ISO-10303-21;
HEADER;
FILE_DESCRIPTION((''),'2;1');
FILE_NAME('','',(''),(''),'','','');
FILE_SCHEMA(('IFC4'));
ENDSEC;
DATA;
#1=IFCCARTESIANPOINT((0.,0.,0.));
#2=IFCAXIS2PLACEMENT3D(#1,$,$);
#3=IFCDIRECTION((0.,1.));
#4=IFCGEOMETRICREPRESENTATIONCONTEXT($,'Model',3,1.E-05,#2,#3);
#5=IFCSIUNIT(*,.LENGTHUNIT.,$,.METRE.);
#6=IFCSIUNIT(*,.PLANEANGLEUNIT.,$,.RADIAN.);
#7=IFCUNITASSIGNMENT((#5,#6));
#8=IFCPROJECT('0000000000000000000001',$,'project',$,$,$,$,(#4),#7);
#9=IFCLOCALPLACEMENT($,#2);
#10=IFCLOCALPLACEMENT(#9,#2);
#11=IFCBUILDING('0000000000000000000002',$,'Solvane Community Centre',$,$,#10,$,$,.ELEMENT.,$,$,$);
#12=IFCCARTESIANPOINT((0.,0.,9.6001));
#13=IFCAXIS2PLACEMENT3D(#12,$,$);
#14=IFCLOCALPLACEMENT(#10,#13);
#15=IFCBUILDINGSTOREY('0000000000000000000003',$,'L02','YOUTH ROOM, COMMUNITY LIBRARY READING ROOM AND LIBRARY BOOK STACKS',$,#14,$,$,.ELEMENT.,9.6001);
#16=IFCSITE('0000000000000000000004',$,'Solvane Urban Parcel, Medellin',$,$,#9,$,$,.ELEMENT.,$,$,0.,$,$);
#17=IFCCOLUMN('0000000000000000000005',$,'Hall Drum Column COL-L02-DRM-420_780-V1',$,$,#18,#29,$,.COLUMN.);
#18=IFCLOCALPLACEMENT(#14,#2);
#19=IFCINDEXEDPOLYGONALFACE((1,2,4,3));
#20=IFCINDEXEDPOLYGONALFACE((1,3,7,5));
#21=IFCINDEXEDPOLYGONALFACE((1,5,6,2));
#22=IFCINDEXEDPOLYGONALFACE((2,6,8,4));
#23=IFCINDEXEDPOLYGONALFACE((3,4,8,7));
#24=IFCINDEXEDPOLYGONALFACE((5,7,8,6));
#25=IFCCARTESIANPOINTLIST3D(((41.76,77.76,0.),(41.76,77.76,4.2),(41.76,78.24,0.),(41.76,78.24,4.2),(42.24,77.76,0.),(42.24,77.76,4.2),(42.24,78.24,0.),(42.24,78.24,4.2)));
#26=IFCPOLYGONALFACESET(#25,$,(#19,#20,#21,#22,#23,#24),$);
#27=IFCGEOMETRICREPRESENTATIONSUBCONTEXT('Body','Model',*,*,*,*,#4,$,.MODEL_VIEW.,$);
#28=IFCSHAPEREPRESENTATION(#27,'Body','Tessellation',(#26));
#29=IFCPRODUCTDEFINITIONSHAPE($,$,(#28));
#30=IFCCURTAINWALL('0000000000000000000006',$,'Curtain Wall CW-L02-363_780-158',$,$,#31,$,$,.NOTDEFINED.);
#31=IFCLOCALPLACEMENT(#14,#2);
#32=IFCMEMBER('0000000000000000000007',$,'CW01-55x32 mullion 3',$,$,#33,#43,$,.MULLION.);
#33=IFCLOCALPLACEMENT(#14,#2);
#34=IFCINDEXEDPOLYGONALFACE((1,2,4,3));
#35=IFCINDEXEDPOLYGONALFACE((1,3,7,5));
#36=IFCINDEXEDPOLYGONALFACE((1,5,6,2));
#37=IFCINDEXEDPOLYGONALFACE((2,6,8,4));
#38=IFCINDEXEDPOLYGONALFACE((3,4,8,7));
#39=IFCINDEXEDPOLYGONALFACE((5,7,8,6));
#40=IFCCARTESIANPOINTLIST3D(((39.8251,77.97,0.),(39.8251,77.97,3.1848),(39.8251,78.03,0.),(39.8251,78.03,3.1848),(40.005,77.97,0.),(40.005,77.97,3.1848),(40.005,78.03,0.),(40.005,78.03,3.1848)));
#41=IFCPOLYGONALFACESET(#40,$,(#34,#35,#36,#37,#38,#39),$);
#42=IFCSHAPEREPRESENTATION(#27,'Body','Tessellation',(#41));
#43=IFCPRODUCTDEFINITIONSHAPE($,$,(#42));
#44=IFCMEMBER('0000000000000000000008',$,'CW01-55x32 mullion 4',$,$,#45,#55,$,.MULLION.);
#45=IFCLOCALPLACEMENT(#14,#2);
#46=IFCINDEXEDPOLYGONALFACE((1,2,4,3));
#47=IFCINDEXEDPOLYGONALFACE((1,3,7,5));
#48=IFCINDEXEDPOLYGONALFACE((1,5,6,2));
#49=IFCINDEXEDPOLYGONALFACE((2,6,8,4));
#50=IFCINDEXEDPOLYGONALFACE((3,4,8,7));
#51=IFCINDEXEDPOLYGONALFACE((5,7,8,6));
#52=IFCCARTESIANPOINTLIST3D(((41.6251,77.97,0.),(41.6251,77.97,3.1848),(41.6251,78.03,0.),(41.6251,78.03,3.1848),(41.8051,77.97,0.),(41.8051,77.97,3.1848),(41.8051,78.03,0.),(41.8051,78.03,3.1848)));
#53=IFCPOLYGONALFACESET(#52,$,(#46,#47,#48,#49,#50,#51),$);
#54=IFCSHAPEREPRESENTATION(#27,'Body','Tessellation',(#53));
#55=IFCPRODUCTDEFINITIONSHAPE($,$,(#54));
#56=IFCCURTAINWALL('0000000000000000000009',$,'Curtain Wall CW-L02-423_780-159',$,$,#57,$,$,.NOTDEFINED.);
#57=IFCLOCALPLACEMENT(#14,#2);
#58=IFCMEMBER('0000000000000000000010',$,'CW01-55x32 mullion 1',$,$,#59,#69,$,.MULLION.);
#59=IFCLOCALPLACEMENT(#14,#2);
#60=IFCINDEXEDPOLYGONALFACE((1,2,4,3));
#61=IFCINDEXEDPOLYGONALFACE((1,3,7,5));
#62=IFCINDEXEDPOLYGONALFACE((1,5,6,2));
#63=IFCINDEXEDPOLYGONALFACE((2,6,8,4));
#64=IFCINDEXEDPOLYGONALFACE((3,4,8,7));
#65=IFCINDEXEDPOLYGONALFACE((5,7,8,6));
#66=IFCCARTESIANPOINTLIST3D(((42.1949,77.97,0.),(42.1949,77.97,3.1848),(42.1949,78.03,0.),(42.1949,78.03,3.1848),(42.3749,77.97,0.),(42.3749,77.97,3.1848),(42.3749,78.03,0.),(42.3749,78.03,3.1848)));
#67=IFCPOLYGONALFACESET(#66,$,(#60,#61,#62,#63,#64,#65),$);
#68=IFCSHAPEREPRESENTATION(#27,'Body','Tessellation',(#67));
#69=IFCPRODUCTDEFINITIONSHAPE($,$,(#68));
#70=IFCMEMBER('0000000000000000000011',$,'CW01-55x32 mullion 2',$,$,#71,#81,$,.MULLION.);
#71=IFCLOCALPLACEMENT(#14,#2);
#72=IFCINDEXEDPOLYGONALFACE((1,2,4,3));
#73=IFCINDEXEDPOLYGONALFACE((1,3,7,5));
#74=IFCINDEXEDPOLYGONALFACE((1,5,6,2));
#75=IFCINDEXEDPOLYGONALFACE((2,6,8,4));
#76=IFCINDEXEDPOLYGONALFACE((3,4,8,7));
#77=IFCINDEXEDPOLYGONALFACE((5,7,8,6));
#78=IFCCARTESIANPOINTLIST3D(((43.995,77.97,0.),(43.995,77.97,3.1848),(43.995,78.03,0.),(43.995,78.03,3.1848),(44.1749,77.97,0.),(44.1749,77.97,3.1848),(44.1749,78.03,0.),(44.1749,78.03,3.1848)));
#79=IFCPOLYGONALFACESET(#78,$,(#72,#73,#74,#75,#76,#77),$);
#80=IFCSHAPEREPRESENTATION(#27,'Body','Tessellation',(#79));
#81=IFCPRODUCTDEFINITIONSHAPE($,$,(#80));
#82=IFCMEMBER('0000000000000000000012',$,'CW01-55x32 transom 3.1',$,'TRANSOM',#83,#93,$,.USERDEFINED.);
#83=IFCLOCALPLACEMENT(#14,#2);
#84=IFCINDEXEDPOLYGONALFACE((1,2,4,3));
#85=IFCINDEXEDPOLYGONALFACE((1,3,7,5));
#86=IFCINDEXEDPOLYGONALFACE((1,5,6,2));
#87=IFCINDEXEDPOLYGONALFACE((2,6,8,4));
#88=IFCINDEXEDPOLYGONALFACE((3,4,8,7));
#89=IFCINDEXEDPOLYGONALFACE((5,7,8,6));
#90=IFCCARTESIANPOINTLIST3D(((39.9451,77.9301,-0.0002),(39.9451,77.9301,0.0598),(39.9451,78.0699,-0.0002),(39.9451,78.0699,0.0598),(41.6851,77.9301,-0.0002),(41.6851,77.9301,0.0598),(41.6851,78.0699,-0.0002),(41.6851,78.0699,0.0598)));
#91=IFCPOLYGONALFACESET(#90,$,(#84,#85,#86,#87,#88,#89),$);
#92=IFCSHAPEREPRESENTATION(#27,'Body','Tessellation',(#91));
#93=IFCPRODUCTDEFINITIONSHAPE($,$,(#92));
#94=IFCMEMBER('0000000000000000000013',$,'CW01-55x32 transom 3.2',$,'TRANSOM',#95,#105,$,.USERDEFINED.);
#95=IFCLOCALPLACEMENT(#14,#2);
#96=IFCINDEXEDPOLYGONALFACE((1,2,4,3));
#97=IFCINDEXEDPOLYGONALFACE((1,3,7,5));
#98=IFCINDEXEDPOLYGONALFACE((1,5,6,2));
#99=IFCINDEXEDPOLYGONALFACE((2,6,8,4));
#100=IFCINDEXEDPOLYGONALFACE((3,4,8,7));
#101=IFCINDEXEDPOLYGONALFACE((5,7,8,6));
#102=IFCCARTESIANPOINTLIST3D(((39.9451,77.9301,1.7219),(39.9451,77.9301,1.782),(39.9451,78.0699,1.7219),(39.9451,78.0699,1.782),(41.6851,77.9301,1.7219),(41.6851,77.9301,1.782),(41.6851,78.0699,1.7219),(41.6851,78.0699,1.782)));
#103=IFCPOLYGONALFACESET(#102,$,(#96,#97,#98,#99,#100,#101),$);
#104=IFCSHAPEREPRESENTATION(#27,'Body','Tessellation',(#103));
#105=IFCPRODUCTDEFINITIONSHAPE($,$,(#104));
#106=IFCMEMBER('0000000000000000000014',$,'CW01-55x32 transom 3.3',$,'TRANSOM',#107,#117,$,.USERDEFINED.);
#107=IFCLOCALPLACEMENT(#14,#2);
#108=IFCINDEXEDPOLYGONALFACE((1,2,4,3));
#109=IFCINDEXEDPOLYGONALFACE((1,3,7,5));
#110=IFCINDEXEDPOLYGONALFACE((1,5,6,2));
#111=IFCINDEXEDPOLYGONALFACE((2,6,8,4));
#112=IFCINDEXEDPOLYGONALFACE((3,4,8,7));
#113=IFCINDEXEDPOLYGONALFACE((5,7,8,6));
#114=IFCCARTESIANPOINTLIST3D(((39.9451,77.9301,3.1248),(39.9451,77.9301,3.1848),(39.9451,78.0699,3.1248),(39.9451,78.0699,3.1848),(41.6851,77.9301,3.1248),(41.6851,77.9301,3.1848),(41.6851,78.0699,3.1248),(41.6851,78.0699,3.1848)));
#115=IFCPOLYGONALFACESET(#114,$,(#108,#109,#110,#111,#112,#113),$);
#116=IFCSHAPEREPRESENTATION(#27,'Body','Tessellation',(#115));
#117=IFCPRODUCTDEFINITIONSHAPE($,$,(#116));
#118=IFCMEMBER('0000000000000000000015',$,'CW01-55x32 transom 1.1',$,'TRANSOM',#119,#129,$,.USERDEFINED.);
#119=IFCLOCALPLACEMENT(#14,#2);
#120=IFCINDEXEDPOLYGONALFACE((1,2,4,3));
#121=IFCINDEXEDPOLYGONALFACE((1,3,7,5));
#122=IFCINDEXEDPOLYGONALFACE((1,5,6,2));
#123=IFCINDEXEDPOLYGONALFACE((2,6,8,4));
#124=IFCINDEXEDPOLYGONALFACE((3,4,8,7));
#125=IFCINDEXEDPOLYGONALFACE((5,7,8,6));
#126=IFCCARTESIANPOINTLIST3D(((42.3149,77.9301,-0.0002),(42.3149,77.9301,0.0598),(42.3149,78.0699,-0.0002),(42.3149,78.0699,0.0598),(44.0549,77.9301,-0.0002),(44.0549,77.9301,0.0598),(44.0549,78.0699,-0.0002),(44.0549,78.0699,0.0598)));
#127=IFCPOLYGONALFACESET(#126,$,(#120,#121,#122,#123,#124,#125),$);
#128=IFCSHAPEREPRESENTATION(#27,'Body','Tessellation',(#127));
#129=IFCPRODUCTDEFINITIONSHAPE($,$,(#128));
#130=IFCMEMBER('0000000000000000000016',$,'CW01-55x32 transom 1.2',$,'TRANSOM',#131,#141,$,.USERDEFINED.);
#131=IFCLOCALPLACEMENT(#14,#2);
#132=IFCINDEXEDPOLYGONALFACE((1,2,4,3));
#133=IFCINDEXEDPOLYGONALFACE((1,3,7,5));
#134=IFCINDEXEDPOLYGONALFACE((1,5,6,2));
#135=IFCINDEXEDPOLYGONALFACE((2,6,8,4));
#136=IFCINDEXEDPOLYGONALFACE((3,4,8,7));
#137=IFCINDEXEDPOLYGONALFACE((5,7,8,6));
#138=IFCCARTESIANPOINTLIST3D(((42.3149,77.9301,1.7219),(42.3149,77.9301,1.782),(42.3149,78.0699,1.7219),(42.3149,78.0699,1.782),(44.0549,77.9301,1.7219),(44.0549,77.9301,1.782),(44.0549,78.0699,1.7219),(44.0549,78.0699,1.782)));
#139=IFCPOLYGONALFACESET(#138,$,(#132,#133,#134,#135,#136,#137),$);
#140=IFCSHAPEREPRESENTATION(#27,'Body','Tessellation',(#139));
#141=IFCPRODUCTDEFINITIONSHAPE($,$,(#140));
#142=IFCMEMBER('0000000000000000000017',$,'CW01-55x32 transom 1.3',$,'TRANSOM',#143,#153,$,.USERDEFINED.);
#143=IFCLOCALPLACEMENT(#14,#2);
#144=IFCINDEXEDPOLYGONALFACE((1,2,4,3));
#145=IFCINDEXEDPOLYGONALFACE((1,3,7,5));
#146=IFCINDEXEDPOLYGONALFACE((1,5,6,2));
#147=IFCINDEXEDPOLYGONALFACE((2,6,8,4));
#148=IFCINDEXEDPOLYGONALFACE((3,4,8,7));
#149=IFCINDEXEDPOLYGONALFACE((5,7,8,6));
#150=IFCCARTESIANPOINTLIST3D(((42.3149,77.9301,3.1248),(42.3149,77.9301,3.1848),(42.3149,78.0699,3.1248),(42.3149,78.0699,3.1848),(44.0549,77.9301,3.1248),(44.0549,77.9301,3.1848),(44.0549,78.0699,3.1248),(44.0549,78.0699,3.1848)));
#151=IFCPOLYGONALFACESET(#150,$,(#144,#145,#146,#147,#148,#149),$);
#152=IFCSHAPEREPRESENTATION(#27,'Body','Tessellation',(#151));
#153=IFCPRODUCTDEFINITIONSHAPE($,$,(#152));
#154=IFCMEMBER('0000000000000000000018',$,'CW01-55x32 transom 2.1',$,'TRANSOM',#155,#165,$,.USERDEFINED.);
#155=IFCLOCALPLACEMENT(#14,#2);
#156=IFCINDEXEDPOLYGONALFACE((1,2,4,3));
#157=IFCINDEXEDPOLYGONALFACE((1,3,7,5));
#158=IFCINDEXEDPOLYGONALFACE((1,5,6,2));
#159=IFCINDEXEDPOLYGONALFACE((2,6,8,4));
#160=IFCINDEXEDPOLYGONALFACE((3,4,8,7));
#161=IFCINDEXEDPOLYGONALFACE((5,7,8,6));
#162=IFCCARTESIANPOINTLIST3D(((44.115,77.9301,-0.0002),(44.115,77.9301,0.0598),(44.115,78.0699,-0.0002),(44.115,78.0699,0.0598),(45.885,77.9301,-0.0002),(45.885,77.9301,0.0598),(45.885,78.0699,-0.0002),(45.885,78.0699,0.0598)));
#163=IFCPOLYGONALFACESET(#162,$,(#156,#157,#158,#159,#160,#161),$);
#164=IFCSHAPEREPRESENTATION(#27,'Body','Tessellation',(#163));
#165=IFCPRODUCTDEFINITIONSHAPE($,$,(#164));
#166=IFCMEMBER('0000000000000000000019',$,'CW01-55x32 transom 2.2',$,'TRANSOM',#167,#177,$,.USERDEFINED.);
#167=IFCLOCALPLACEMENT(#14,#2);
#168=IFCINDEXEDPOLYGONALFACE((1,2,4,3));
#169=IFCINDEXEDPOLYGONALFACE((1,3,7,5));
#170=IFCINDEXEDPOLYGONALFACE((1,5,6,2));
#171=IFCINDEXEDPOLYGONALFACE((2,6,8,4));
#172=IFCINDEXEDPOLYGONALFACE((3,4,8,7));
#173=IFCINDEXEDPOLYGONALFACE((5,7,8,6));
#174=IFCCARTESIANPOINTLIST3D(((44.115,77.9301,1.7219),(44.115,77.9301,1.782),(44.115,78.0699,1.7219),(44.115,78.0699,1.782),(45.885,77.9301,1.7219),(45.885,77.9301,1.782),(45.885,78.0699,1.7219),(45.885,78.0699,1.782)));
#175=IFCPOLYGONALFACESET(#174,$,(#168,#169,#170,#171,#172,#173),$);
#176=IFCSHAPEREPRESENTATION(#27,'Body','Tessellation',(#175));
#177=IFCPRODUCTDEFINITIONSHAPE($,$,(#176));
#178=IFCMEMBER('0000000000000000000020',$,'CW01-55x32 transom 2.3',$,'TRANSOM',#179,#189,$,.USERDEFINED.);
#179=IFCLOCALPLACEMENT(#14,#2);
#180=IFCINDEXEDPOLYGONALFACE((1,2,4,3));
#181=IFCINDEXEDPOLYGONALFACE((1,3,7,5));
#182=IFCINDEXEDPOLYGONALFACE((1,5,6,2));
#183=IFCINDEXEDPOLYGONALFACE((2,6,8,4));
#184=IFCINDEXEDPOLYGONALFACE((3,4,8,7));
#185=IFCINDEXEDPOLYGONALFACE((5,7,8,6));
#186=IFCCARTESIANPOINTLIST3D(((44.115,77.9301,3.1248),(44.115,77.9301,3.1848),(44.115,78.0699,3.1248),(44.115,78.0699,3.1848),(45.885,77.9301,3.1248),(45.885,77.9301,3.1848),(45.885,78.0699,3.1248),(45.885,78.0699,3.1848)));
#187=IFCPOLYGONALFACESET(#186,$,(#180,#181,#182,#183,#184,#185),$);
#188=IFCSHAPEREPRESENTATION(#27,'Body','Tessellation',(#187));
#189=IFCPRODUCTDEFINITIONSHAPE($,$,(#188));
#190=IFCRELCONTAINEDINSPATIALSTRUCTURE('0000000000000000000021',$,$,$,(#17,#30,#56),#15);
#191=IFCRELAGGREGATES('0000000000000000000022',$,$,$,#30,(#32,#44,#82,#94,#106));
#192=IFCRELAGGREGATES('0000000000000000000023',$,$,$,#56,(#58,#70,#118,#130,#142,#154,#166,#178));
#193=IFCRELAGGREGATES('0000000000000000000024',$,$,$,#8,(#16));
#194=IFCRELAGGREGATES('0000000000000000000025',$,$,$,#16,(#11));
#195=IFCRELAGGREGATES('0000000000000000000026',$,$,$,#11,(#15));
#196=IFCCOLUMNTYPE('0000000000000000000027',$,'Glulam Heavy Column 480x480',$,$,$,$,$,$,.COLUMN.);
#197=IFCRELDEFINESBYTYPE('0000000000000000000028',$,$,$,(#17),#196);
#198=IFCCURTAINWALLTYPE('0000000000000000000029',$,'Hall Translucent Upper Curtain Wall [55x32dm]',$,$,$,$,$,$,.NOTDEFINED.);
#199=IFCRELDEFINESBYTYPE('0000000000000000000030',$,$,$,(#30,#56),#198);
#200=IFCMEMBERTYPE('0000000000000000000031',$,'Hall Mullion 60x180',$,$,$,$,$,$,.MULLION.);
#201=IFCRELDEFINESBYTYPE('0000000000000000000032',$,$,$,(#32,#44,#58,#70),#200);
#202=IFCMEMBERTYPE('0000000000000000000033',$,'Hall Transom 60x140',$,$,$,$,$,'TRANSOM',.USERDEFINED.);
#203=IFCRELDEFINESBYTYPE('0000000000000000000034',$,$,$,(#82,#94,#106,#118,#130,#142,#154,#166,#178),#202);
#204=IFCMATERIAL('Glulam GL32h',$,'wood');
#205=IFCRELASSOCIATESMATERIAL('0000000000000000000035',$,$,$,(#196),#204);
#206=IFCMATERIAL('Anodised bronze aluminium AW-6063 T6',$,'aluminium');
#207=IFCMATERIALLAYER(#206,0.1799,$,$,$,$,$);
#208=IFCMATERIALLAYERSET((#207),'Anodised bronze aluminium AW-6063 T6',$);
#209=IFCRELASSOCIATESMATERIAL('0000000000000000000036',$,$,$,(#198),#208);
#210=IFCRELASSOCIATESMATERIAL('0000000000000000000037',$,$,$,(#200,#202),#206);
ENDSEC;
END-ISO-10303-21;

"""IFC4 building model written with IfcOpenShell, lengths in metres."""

from ifc_helpers import new_model, si_unit, direction, frame, origin, origin_2d, place, context, subcontext, project, spatial, rectangle, extrude, material, layer, layer_set, material_profile, profile_set, type_object, element, aggregate, save


model = new_model("IFC4")

# Units and contexts
model_context = context("Model", 3, precision=1e-05, world=origin(), true_north=direction((0.0, 1.0)))
body_context = subcontext(model_context, "Body", "Model", "MODEL_VIEW")
ifc_project = project(units=[si_unit("LENGTHUNIT", "METRE"), si_unit("PLANEANGLEUNIT", "RADIAN")], contexts=[model_context])

# Site, building, storey
site_placement = place(None, origin())
site = spatial("IfcSite", under=ifc_project, at=site_placement, Name="Solvane Urban Parcel, Medellin", CompositionType="ELEMENT", RefElevation=0.0)
building_placement = place(site_placement, origin())
building = spatial("IfcBuilding", under=site, at=building_placement, Name="Solvane Community Centre", CompositionType="ELEMENT")
storey_placement = place(building_placement, frame((0.0, 0.0, 9.6001)))
storey = spatial("IfcBuildingStorey", under=building, at=storey_placement, Name="L02", Description="YOUTH ROOM, COMMUNITY LIBRARY READING ROOM AND LIBRARY BOOK STACKS", CompositionType="ELEMENT", Elevation=9.6001)

# Column
ifc_material_1 = material(Name="Glulam GL32h", Category="wood")
ifc_material_profile_1 = material_profile(ifc_material_1, rectangle(XDim=0.48, YDim=0.48, at=origin_2d()), Name="GL32h 480x480")
ifc_profile_set_1 = profile_set([ifc_material_profile_1], Name="Glulam GL32h")
column_type = type_object("IfcColumnType", Name="Glulam Heavy Column 480x480", PredefinedType="COLUMN", material=ifc_profile_set_1)
column_placement = place(storey_placement, frame((42.0, 78.0, 0.0), z_axis=(0.0, 0.0, 1.0), x_axis=(1.0, 0.0, 0.0)))
element("IfcColumn", 1, at=column_placement, inside=storey, type_object=column_type, Name="Hall Drum Column COL-L02-DRM-420_780-V1", PredefinedType="COLUMN", context=body_context, shape_type="SweptSolid", body=[
    extrude(rectangle(XDim=0.48, YDim=0.48, at=origin_2d()), origin(), (0.0, 0.0, 1.0), 4.2),
])

# Curtain walls, members
ifc_material_2 = material(Name="Anodised bronze aluminium AW-6063 T6", Category="aluminium")
ifc_layer_1 = layer(ifc_material_2, 0.1799)
ifc_layer_set_1 = layer_set([ifc_layer_1], Name="Anodised bronze aluminium AW-6063 T6")
curtain_wall_type = type_object("IfcCurtainWallType", Name="Hall Translucent Upper Curtain Wall [55x32dm]", PredefinedType="NOTDEFINED", material=ifc_layer_set_1)
curtain_wall_1_placement = place(storey_placement, origin())
curtain_wall_1 = element("IfcCurtainWall", 2, at=curtain_wall_1_placement, inside=storey, type_object=curtain_wall_type, Name="Curtain Wall CW-L02-363_780-158", PredefinedType="NOTDEFINED")
ifc_material_profile_2 = material_profile(ifc_material_2, rectangle(XDim=0.0601, YDim=0.1799, at=origin_2d()), Name="CW-M 60x180")
ifc_profile_set_2 = profile_set([ifc_material_profile_2], Name="Anodised bronze aluminium AW-6063 T6")
member_type_1 = type_object("IfcMemberType", Name="Hall Mullion 60x180", PredefinedType="MULLION", material=ifc_profile_set_2)
member_1_placement = place(storey_placement, frame((39.915, 78.0, 0.0), z_axis=(0.0, 0.0, 1.0), x_axis=(0.0, 1.0, 0.0)))
member_1 = element("IfcMember", 3, at=member_1_placement, type_object=member_type_1, Name="CW01-55x32 mullion 3", PredefinedType="MULLION", context=body_context, shape_type="SweptSolid", body=[
    extrude(rectangle(XDim=0.0601, YDim=0.1799, at=origin_2d()), origin(), (0.0, 0.0, 1.0), 3.1848),
])
member_2_placement = place(storey_placement, frame((41.7151, 78.0, 0.0), z_axis=(0.0, 0.0, 1.0), x_axis=(0.0, 1.0, 0.0)))
member_2 = element("IfcMember", 4, at=member_2_placement, type_object=member_type_1, Name="CW01-55x32 mullion 4", PredefinedType="MULLION", context=body_context, shape_type="SweptSolid", body=[
    extrude(rectangle(XDim=0.0601, YDim=0.1799, at=origin_2d()), origin(), (0.0, 0.0, 1.0), 3.1848),
])
curtain_wall_2_placement = place(storey_placement, origin())
curtain_wall_2 = element("IfcCurtainWall", 5, at=curtain_wall_2_placement, inside=storey, type_object=curtain_wall_type, Name="Curtain Wall CW-L02-423_780-159", PredefinedType="NOTDEFINED")
member_3_placement = place(storey_placement, frame((42.2849, 78.0, 0.0), z_axis=(0.0, 0.0, 1.0), x_axis=(0.0, 1.0, 0.0)))
member_3 = element("IfcMember", 6, at=member_3_placement, type_object=member_type_1, Name="CW01-55x32 mullion 1", PredefinedType="MULLION", context=body_context, shape_type="SweptSolid", body=[
    extrude(rectangle(XDim=0.0601, YDim=0.1799, at=origin_2d()), origin(), (0.0, 0.0, 1.0), 3.1848),
])
member_4_placement = place(storey_placement, frame((44.085, 78.0, 0.0), z_axis=(0.0, 0.0, 1.0), x_axis=(0.0, 1.0, 0.0)))
member_4 = element("IfcMember", 7, at=member_4_placement, type_object=member_type_1, Name="CW01-55x32 mullion 2", PredefinedType="MULLION", context=body_context, shape_type="SweptSolid", body=[
    extrude(rectangle(XDim=0.0601, YDim=0.1799, at=origin_2d()), origin(), (0.0, 0.0, 1.0), 3.1848),
])

# Members
ifc_material_profile_3 = material_profile(ifc_material_2, rectangle(XDim=0.1399, YDim=0.0601, at=origin_2d()), Name="CW-T 60x140")
ifc_profile_set_3 = profile_set([ifc_material_profile_3], Name="Anodised bronze aluminium AW-6063 T6")
member_type_2 = type_object("IfcMemberType", Name="Hall Transom 60x140", ElementType="TRANSOM", PredefinedType="USERDEFINED", material=ifc_profile_set_3)
member_5_placement = place(storey_placement, frame((39.9451, 78.0, 0.0298), z_axis=(1.0, 0.0, 0.0), x_axis=(0.0, 1.0, 0.0)))
member_5 = element("IfcMember", 8, at=member_5_placement, type_object=member_type_2, Name="CW01-55x32 transom 3.1", ObjectType="TRANSOM", PredefinedType="USERDEFINED", context=body_context, shape_type="SweptSolid", body=[
    extrude(rectangle(XDim=0.1399, YDim=0.0601, at=origin_2d()), origin(), (0.0, 0.0, 1.0), 1.74),
])
member_6_placement = place(storey_placement, frame((39.9451, 78.0, 1.752), z_axis=(1.0, 0.0, 0.0), x_axis=(0.0, 1.0, 0.0)))
member_6 = element("IfcMember", 9, at=member_6_placement, type_object=member_type_2, Name="CW01-55x32 transom 3.2", ObjectType="TRANSOM", PredefinedType="USERDEFINED", context=body_context, shape_type="SweptSolid", body=[
    extrude(rectangle(XDim=0.1399, YDim=0.0601, at=origin_2d()), origin(), (0.0, 0.0, 1.0), 1.74),
])
member_7_placement = place(storey_placement, frame((39.9451, 78.0, 3.1548), z_axis=(1.0, 0.0, 0.0), x_axis=(0.0, 1.0, 0.0)))
member_7 = element("IfcMember", 10, at=member_7_placement, type_object=member_type_2, Name="CW01-55x32 transom 3.3", ObjectType="TRANSOM", PredefinedType="USERDEFINED", context=body_context, shape_type="SweptSolid", body=[
    extrude(rectangle(XDim=0.1399, YDim=0.0601, at=origin_2d()), origin(), (0.0, 0.0, 1.0), 1.74),
])
member_8_placement = place(storey_placement, frame((42.3149, 78.0, 0.0298), z_axis=(1.0, 0.0, 0.0), x_axis=(0.0, 1.0, 0.0)))
member_8 = element("IfcMember", 11, at=member_8_placement, type_object=member_type_2, Name="CW01-55x32 transom 1.1", ObjectType="TRANSOM", PredefinedType="USERDEFINED", context=body_context, shape_type="SweptSolid", body=[
    extrude(rectangle(XDim=0.1399, YDim=0.0601, at=origin_2d()), origin(), (0.0, 0.0, 1.0), 1.74),
])
member_9_placement = place(storey_placement, frame((42.3149, 78.0, 1.752), z_axis=(1.0, 0.0, 0.0), x_axis=(0.0, 1.0, 0.0)))
member_9 = element("IfcMember", 12, at=member_9_placement, type_object=member_type_2, Name="CW01-55x32 transom 1.2", ObjectType="TRANSOM", PredefinedType="USERDEFINED", context=body_context, shape_type="SweptSolid", body=[
    extrude(rectangle(XDim=0.1399, YDim=0.0601, at=origin_2d()), origin(), (0.0, 0.0, 1.0), 1.74),
])
member_10_placement = place(storey_placement, frame((42.3149, 78.0, 3.1548), z_axis=(1.0, 0.0, 0.0), x_axis=(0.0, 1.0, 0.0)))
member_10 = element("IfcMember", 13, at=member_10_placement, type_object=member_type_2, Name="CW01-55x32 transom 1.3", ObjectType="TRANSOM", PredefinedType="USERDEFINED", context=body_context, shape_type="SweptSolid", body=[
    extrude(rectangle(XDim=0.1399, YDim=0.0601, at=origin_2d()), origin(), (0.0, 0.0, 1.0), 1.74),
])
member_11_placement = place(storey_placement, frame((44.115, 78.0, 0.0298), z_axis=(1.0, 0.0, 0.0), x_axis=(0.0, 1.0, 0.0)))
member_11 = element("IfcMember", 14, at=member_11_placement, type_object=member_type_2, Name="CW01-55x32 transom 2.1", ObjectType="TRANSOM", PredefinedType="USERDEFINED", context=body_context, shape_type="SweptSolid", body=[
    extrude(rectangle(XDim=0.1399, YDim=0.0601, at=origin_2d()), origin(), (0.0, 0.0, 1.0), 1.77),
])
member_12_placement = place(storey_placement, frame((44.115, 78.0, 1.752), z_axis=(1.0, 0.0, 0.0), x_axis=(0.0, 1.0, 0.0)))
member_12 = element("IfcMember", 15, at=member_12_placement, type_object=member_type_2, Name="CW01-55x32 transom 2.2", ObjectType="TRANSOM", PredefinedType="USERDEFINED", context=body_context, shape_type="SweptSolid", body=[
    extrude(rectangle(XDim=0.1399, YDim=0.0601, at=origin_2d()), origin(), (0.0, 0.0, 1.0), 1.77),
])
member_13_placement = place(storey_placement, frame((44.115, 78.0, 3.1548), z_axis=(1.0, 0.0, 0.0), x_axis=(0.0, 1.0, 0.0)))
member_13 = element("IfcMember", 16, at=member_13_placement, type_object=member_type_2, Name="CW01-55x32 transom 2.3", ObjectType="TRANSOM", PredefinedType="USERDEFINED", context=body_context, shape_type="SweptSolid", body=[
    extrude(rectangle(XDim=0.1399, YDim=0.0601, at=origin_2d()), origin(), (0.0, 0.0, 1.0), 1.77),
])

aggregate(curtain_wall_1, [member_1, member_2, member_5, member_6, member_7])
aggregate(curtain_wall_2, [member_3, member_4, member_8, member_9, member_10, member_11, member_12, member_13])

save(model, "model.ifc")
